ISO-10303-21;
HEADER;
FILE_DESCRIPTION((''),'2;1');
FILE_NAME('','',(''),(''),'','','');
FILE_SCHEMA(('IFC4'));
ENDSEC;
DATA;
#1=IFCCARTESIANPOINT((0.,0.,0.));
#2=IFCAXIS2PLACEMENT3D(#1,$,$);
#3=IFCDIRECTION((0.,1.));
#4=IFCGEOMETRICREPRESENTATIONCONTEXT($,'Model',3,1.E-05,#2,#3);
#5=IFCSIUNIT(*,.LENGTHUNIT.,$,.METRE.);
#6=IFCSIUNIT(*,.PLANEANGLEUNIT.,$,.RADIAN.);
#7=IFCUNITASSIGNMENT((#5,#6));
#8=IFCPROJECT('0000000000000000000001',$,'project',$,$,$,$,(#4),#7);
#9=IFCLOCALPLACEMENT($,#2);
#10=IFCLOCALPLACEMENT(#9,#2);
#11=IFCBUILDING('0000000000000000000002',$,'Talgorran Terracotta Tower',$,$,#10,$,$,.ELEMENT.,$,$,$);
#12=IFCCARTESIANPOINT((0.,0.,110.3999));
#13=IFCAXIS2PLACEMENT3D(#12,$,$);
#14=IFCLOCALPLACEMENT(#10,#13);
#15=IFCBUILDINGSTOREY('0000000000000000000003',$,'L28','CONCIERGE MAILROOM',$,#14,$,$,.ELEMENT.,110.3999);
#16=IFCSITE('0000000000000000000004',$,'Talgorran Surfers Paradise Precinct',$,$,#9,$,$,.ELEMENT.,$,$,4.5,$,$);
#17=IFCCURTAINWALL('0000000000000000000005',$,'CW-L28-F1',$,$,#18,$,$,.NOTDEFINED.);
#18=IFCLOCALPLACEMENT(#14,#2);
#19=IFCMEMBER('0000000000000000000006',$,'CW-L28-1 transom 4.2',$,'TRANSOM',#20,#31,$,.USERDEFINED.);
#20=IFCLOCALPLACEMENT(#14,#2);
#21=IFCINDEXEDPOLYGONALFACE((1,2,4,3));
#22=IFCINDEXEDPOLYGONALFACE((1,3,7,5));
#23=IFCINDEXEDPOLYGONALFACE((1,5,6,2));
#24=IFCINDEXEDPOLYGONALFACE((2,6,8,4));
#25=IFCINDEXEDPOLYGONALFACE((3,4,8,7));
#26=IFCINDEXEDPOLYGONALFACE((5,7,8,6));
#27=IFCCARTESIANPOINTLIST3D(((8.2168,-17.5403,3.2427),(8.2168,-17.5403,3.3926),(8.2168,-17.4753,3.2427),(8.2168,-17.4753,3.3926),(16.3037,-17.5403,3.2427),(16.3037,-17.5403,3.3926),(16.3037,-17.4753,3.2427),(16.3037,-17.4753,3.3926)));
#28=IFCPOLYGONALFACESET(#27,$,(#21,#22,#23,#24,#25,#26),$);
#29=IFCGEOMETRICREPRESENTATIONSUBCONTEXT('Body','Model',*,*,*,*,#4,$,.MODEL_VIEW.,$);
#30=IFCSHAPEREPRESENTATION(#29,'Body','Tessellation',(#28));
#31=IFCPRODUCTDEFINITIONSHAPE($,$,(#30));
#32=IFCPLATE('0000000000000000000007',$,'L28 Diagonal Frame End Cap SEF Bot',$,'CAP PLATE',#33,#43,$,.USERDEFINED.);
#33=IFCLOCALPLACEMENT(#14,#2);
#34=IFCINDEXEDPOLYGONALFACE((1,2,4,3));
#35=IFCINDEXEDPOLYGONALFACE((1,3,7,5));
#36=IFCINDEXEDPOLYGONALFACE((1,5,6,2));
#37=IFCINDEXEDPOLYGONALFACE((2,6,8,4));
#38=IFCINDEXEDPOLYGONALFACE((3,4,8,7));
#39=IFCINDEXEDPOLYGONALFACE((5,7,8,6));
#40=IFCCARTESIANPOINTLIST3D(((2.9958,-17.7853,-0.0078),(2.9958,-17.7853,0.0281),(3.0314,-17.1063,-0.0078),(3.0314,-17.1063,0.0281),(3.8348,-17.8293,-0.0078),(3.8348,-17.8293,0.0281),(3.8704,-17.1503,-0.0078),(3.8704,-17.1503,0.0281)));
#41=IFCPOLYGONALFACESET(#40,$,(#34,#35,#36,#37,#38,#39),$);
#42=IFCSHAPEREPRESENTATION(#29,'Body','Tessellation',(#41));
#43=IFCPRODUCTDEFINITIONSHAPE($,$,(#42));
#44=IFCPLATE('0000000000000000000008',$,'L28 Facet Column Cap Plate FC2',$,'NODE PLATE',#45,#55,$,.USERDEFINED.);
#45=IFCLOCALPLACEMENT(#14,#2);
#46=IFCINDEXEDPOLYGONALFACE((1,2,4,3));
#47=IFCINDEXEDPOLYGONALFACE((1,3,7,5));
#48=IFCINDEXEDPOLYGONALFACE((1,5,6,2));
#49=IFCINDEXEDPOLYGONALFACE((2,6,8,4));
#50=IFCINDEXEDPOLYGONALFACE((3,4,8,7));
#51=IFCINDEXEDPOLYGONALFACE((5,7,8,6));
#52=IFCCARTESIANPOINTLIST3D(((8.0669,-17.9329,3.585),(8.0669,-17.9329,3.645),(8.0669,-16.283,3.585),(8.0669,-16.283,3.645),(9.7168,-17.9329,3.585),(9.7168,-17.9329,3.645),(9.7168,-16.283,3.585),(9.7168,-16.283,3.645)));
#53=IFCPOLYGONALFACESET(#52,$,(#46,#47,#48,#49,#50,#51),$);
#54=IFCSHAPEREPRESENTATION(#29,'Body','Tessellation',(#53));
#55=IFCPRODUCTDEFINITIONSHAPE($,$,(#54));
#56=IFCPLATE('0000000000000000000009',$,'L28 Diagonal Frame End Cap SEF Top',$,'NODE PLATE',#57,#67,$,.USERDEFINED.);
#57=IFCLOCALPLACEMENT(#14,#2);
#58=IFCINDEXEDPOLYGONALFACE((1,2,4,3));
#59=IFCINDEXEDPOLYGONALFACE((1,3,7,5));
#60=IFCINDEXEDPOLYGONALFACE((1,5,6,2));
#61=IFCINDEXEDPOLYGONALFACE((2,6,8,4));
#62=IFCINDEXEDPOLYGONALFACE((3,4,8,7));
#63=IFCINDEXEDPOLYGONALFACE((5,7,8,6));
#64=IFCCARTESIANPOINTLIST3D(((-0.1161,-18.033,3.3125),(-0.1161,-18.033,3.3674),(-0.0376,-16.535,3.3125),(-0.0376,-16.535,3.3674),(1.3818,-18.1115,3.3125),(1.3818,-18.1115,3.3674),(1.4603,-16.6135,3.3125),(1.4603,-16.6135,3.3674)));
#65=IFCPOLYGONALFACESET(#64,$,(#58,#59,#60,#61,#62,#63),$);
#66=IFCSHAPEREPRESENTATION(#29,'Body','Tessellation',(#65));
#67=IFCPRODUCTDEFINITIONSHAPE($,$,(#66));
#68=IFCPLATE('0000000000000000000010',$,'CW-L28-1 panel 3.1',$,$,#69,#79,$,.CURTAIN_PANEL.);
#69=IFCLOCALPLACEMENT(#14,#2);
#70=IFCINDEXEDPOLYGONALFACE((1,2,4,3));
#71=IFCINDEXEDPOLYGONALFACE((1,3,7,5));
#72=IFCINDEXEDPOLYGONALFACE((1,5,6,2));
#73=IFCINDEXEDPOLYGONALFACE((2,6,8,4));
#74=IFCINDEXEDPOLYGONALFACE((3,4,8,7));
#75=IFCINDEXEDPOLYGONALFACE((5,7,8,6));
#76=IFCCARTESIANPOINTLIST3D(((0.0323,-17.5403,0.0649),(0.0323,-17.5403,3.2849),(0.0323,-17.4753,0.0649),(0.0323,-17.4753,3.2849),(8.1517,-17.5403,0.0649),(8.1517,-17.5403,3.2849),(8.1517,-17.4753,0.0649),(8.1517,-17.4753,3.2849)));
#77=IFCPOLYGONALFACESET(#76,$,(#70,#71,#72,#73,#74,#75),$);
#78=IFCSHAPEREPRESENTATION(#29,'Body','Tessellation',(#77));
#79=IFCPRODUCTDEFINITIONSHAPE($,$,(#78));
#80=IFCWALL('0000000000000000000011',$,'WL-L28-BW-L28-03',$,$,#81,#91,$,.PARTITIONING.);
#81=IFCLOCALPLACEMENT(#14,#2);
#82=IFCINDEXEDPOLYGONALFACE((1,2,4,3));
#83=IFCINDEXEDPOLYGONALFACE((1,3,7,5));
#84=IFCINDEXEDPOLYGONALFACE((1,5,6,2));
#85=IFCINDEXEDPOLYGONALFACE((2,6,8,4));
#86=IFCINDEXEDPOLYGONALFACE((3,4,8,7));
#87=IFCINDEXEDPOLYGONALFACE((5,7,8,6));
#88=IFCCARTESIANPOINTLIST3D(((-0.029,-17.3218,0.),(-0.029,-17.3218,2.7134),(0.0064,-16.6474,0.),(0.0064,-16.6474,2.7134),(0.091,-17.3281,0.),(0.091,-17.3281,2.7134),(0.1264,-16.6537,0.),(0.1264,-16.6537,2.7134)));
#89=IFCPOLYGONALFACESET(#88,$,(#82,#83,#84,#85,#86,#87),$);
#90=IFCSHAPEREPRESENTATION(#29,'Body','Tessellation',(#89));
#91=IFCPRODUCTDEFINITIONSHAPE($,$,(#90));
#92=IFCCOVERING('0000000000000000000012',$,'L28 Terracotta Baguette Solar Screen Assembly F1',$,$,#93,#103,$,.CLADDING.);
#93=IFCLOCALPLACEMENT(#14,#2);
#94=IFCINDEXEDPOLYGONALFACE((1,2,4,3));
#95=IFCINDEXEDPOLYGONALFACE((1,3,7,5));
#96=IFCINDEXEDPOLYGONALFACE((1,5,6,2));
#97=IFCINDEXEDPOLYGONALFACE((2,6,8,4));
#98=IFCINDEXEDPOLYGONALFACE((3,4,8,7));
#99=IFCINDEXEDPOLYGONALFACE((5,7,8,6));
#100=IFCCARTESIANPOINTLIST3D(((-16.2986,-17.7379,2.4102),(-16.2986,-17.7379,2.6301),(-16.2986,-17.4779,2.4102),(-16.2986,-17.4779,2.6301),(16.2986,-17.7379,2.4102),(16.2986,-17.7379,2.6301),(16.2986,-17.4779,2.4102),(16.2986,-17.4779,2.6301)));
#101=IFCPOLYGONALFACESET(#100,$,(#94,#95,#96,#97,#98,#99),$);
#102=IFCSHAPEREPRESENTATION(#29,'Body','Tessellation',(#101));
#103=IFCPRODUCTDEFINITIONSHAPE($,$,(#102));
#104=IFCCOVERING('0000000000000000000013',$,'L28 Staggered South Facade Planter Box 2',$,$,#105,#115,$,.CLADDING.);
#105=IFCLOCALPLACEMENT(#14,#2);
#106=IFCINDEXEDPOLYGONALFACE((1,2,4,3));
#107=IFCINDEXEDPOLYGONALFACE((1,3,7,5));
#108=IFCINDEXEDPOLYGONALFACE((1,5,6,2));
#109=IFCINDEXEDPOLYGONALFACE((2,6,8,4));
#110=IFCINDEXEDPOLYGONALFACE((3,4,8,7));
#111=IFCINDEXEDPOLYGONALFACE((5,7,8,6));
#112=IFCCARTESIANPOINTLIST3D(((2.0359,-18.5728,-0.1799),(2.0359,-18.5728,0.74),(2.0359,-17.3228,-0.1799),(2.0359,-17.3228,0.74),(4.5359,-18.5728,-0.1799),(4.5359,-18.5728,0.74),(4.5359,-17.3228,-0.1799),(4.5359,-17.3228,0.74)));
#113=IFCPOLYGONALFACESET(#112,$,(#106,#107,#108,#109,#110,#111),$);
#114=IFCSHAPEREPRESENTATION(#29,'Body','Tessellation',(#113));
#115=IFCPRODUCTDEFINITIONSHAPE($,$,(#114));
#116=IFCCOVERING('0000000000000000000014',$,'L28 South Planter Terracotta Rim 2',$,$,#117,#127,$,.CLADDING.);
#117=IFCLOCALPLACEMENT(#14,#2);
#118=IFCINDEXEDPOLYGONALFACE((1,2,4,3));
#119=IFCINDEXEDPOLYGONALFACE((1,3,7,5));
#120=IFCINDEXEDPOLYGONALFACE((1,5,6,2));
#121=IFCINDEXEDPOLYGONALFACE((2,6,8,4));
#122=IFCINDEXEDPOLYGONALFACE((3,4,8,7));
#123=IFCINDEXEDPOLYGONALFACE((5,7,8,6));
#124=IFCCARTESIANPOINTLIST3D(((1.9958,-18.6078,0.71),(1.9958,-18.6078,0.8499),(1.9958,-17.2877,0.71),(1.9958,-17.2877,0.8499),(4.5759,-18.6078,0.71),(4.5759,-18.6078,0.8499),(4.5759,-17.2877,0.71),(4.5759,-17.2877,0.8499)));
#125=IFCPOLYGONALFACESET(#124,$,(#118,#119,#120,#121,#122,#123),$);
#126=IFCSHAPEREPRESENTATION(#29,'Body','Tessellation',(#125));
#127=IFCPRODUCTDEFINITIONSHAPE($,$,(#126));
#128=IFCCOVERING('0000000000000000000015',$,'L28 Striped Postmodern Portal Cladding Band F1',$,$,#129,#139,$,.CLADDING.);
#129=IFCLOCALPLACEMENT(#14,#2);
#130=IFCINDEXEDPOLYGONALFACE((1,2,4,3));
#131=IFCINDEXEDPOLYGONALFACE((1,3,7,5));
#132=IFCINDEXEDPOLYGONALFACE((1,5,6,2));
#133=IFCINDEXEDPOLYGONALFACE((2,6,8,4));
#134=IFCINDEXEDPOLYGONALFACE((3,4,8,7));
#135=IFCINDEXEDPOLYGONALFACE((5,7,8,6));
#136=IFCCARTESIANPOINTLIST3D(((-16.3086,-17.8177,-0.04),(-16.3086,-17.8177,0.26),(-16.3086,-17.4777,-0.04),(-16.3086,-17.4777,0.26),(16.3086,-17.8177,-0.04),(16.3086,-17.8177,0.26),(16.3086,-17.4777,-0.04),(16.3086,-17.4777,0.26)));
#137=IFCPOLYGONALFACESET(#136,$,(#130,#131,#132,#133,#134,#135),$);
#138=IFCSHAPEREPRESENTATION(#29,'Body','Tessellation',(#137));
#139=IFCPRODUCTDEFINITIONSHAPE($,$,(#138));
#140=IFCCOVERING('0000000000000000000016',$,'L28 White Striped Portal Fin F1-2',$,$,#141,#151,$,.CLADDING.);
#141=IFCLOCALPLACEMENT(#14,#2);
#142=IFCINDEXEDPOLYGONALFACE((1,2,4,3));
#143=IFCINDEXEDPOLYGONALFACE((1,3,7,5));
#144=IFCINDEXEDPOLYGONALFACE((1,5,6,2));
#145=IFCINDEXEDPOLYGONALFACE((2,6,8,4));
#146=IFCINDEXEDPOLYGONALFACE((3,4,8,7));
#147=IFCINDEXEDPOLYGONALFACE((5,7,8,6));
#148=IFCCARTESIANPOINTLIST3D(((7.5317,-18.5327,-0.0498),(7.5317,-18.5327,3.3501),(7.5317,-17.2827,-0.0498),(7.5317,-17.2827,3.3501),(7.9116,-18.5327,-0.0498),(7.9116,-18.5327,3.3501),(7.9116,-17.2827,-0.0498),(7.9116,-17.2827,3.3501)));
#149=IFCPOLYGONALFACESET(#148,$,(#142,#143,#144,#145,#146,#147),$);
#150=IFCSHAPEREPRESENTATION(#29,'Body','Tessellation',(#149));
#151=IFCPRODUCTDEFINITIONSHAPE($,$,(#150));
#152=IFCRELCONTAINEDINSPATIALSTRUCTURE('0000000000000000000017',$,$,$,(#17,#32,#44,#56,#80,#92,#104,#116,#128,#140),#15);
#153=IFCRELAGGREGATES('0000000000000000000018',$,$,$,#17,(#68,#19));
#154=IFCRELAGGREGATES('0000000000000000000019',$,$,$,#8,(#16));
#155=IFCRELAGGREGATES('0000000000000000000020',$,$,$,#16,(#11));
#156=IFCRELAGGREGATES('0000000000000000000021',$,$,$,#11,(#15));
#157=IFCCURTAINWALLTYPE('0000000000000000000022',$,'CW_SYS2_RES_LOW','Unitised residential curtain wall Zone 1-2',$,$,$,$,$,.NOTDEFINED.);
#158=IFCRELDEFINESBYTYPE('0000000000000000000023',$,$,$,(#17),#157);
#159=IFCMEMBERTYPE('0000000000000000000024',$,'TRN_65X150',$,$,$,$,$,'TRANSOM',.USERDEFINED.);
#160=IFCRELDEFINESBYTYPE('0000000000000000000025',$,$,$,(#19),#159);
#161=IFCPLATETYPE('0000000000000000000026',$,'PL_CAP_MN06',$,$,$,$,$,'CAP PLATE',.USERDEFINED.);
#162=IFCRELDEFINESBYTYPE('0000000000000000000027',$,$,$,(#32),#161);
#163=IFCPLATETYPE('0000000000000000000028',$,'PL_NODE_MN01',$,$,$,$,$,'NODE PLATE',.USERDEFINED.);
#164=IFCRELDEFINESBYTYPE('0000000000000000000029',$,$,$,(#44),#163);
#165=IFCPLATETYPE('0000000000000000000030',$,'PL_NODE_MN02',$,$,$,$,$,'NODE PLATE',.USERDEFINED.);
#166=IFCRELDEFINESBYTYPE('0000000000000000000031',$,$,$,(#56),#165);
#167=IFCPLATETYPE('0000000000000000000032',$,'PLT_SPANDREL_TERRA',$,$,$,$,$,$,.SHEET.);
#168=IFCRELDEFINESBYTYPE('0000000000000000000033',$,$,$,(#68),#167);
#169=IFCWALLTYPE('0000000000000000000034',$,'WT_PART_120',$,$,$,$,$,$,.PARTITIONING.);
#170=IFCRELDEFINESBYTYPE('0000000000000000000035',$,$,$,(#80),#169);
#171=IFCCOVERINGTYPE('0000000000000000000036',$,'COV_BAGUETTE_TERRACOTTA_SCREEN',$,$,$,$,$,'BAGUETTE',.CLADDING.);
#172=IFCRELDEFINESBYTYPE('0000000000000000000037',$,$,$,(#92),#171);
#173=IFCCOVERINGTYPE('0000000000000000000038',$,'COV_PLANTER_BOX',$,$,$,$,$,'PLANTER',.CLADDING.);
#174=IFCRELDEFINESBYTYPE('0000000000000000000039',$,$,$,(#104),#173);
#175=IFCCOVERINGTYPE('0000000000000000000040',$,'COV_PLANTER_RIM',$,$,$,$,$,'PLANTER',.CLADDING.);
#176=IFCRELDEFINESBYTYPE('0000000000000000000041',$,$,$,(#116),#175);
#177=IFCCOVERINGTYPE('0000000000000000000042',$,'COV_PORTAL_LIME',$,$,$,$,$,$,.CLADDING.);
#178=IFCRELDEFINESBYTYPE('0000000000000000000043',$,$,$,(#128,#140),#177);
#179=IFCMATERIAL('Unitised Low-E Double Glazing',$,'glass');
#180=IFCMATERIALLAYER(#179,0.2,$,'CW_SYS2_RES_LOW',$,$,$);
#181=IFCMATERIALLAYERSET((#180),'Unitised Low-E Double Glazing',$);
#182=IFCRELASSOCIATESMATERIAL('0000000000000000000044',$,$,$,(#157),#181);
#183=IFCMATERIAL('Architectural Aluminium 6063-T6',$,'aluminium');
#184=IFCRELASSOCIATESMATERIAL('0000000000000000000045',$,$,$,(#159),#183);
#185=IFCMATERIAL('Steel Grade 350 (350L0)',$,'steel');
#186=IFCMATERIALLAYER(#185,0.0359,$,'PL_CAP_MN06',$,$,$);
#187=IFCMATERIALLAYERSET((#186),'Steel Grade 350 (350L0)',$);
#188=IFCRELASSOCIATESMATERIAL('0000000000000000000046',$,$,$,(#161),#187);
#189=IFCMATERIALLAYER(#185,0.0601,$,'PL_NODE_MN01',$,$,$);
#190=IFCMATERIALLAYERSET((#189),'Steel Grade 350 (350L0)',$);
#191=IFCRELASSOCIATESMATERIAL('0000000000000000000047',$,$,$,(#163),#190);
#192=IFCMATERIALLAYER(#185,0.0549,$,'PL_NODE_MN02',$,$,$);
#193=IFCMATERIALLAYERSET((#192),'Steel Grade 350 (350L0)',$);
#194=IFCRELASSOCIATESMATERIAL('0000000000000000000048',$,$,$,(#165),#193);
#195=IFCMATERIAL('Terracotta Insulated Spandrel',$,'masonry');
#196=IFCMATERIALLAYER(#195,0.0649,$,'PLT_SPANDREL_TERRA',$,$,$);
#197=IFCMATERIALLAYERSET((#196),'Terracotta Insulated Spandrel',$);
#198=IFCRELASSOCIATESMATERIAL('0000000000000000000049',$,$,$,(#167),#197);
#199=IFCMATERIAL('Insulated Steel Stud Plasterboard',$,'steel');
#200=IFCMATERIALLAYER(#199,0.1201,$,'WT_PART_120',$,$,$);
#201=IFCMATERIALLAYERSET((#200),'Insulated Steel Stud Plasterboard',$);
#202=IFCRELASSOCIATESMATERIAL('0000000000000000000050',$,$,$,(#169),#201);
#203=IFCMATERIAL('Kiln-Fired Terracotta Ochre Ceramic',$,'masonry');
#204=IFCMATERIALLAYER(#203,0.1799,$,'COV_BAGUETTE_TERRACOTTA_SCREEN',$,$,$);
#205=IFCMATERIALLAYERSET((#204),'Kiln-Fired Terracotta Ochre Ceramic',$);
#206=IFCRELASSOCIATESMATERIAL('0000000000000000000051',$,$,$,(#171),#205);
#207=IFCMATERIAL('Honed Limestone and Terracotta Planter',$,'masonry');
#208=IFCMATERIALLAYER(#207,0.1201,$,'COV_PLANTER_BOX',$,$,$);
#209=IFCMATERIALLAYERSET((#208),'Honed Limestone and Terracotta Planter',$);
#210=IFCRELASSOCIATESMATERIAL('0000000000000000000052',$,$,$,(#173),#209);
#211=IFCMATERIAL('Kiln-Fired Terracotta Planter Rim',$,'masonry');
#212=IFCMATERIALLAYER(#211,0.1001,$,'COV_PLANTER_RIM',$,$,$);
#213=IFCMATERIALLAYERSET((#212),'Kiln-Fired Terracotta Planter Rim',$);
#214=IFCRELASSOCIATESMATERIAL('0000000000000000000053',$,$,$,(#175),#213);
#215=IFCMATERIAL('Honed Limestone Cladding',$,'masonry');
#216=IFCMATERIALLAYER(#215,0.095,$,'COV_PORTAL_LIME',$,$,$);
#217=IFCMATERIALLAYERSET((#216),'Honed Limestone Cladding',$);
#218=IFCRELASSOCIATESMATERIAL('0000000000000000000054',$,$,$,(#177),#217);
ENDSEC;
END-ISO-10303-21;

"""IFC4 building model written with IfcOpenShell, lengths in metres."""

from ifc_helpers import new_model, si_unit, direction, frame, frame_2d, origin, origin_2d, place, context, subcontext, project, spatial, rectangle, extrude, source, transform, mapped, material, layer, layer_set, material_profile, profile_set, type_object, type_shapes, element, aggregate, save


model = new_model("IFC4")

# Units and contexts
model_context = context("Model", 3, precision=1e-05, world=origin(), true_north=direction((0.0, 1.0)))
body_context = subcontext(model_context, "Body", "Model", "MODEL_VIEW")
ifc_project = project(units=[si_unit("LENGTHUNIT", "METRE"), si_unit("PLANEANGLEUNIT", "RADIAN")], contexts=[model_context])

# Site, building, storey
site_placement = place(None, origin())
site = spatial("IfcSite", under=ifc_project, at=site_placement, Name="Talgorran Surfers Paradise Precinct", CompositionType="ELEMENT", RefElevation=4.5)
building_placement = place(site_placement, origin())
building = spatial("IfcBuilding", under=site, at=building_placement, Name="Talgorran Terracotta Tower", CompositionType="ELEMENT")
storey_placement = place(building_placement, frame((0.0, 0.0, 110.3999)))
storey = spatial("IfcBuildingStorey", under=building, at=storey_placement, Name="L28", Description="CONCIERGE MAILROOM", CompositionType="ELEMENT", Elevation=110.3999)

# Shared definitions
ifc_material_1 = material(Name="Steel Grade 350 (350L0)", Category="steel")

# Curtain wall, member
ifc_material_2 = material(Name="Unitised Low-E Double Glazing", Category="glass")
ifc_layer_1 = layer(ifc_material_2, 0.2, Name="CW_SYS2_RES_LOW")
ifc_layer_set_1 = layer_set([ifc_layer_1], Name="Unitised Low-E Double Glazing")
curtain_wall_type = type_object("IfcCurtainWallType", Name="CW_SYS2_RES_LOW", Description="Unitised residential curtain wall Zone 1-2", PredefinedType="NOTDEFINED", material=ifc_layer_set_1)
curtain_wall_placement = place(storey_placement, origin())
curtain_wall = element("IfcCurtainWall", 1, at=curtain_wall_placement, inside=storey, type_object=curtain_wall_type, Name="CW-L28-F1", PredefinedType="NOTDEFINED")
ifc_material_3 = material(Name="Architectural Aluminium 6063-T6", Category="aluminium")
ifc_material_profile_1 = material_profile(ifc_material_3, rectangle(XDim=0.0649, YDim=0.1499, at=origin_2d()), Name="CWT65X150")
ifc_profile_set_1 = profile_set([ifc_material_profile_1], Name="Architectural Aluminium 6063-T6")
member_type_1 = type_object("IfcMemberType", Name="TRN_65X150", ElementType="TRANSOM", PredefinedType="USERDEFINED", material=ifc_profile_set_1)
member_1_placement = place(storey_placement, frame((8.2168, -17.5078, 3.3176), z_axis=(1.0, 0.0, 0.0), x_axis=(0.0, 1.0, 0.0)))
member_1 = element("IfcMember", 2, at=member_1_placement, type_object=member_type_1, Name="CW-L28-1 transom 4.2", ObjectType="TRANSOM", PredefinedType="USERDEFINED", context=body_context, shape_type="SweptSolid", body=[
    extrude(rectangle(XDim=0.0649, YDim=0.1499, at=origin_2d()), origin(), (0.0, 0.0, 1.0), 8.0869),
])

# Plates
ifc_layer_2 = layer(ifc_material_1, 0.0359, Name="PL_CAP_MN06")
ifc_layer_set_2 = layer_set([ifc_layer_2], Name="Steel Grade 350 (350L0)")
plate_type_1 = type_object("IfcPlateType", Name="PL_CAP_MN06", ElementType="CAP PLATE", PredefinedType="USERDEFINED", material=ifc_layer_set_2)
plate_1_placement = place(storey_placement, frame((3.4331, -17.4678, -0.0078), z_axis=(0.0, 0.0, 1.0), x_axis=(-0.99863, 0.052336, 0.0)))
element("IfcPlate", 3, at=plate_1_placement, inside=storey, type_object=plate_type_1, Name="L28 Diagonal Frame End Cap SEF Bot", ObjectType="CAP PLATE", PredefinedType="USERDEFINED", context=body_context, shape_type="SweptSolid", body=[
    extrude(rectangle(XDim=0.8401, YDim=0.6799, at=origin_2d()), origin(), (0.0, 0.0, 1.0), 0.0359),
])
ifc_layer_3 = layer(ifc_material_1, 0.0601, Name="PL_NODE_MN01")
ifc_layer_set_3 = layer_set([ifc_layer_3], Name="Steel Grade 350 (350L0)")
plate_type_2 = type_object("IfcPlateType", Name="PL_NODE_MN01", ElementType="NODE PLATE", PredefinedType="USERDEFINED", material=ifc_layer_set_3)
plate_2_placement = place(storey_placement, frame((8.8918, -17.1079, 3.585), z_axis=(0.0, 0.0, 1.0), x_axis=(1.0, 0.0, 0.0)))
element("IfcPlate", 4, at=plate_2_placement, inside=storey, type_object=plate_type_2, Name="L28 Facet Column Cap Plate FC2", ObjectType="NODE PLATE", PredefinedType="USERDEFINED", context=body_context, shape_type="SweptSolid", body=[
    extrude(rectangle(XDim=1.6499, YDim=1.6499, at=origin_2d()), origin(), (0.0, 0.0, 1.0), 0.0601),
])
ifc_layer_4 = layer(ifc_material_1, 0.0549, Name="PL_NODE_MN02")
ifc_layer_set_4 = layer_set([ifc_layer_4], Name="Steel Grade 350 (350L0)")
plate_type_3 = type_object("IfcPlateType", Name="PL_NODE_MN02", ElementType="NODE PLATE", PredefinedType="USERDEFINED", material=ifc_layer_set_4)
plate_3_placement = place(storey_placement, frame((0.6721, -17.3232, 3.3125), z_axis=(0.0, 0.0, 1.0), x_axis=(-0.99863, 0.052336, 0.0)))
element("IfcPlate", 5, at=plate_3_placement, inside=storey, type_object=plate_type_3, Name="L28 Diagonal Frame End Cap SEF Top", ObjectType="NODE PLATE", PredefinedType="USERDEFINED", context=body_context, shape_type="SweptSolid", body=[
    extrude(rectangle(XDim=1.5, YDim=1.5, at=origin_2d()), origin(), (0.0, 0.0, 1.0), 0.0549),
])

# Plate
ifc_material_4 = material(Name="Terracotta Insulated Spandrel", Category="masonry")
ifc_layer_5 = layer(ifc_material_4, 0.0649, Name="PLT_SPANDREL_TERRA")
ifc_layer_set_5 = layer_set([ifc_layer_5], Name="Terracotta Insulated Spandrel")
plate_type_4 = type_object("IfcPlateType", Name="PLT_SPANDREL_TERRA", PredefinedType="SHEET", material=ifc_layer_set_5)
shared_shape = source(origin(), body_context, "Body", "SweptSolid", [
    extrude(rectangle(XDim=8.1194, YDim=0.0649, at=origin_2d()), origin(), (0.0, 0.0, 1.0), 3.22),
])
type_shapes(plate_type_4, [shared_shape])
plate_4_placement = place(storey_placement, frame((4.092, -17.5078, 0.0649), z_axis=(0.0, 0.0, 1.0), x_axis=(1.0, 0.0, 0.0)))
plate_4 = element("IfcPlate", 6, at=plate_4_placement, type_object=plate_type_4, Name="CW-L28-1 panel 3.1", PredefinedType="CURTAIN_PANEL", context=body_context, shape_type="MappedRepresentation", body=[
    mapped(shared_shape, transform((0.0, 0.0, 0.0), scale=1.0)),
])
aggregate(curtain_wall, [plate_4, member_1])

# Wall
ifc_material_5 = material(Name="Insulated Steel Stud Plasterboard", Category="steel")
ifc_layer_6 = layer(ifc_material_5, 0.1201, Name="WT_PART_120")
ifc_layer_set_6 = layer_set([ifc_layer_6], Name="Insulated Steel Stud Plasterboard")
wall_type = type_object("IfcWallType", Name="WT_PART_120", PredefinedType="PARTITIONING", material=ifc_layer_set_6)
wall_placement = place(storey_placement, frame((0.031, -17.325, 0.0), z_axis=(0.0, 0.0, 1.0), x_axis=(0.052426, 0.998625, 0.0)))
element("IfcWall", 7, at=wall_placement, inside=storey, type_object=wall_type, Name="WL-L28-BW-L28-03", PredefinedType="PARTITIONING", context=body_context, shape_type="SweptSolid", body=[
    extrude(rectangle(XDim=0.6753, YDim=0.1201, at=frame_2d((0.3376, 0.0))), origin(), (0.0, 0.0, 1.0), 2.7134),
])

# Coverings
ifc_material_6 = material(Name="Kiln-Fired Terracotta Ochre Ceramic", Category="masonry")
ifc_layer_7 = layer(ifc_material_6, 0.1799, Name="COV_BAGUETTE_TERRACOTTA_SCREEN")
ifc_layer_set_7 = layer_set([ifc_layer_7], Name="Kiln-Fired Terracotta Ochre Ceramic")
covering_type_1 = type_object("IfcCoveringType", Name="COV_BAGUETTE_TERRACOTTA_SCREEN", ElementType="BAGUETTE", PredefinedType="CLADDING", material=ifc_layer_set_7)
covering_1_placement = place(storey_placement, frame((0.0, -17.6079, 2.4102), z_axis=(0.0, 0.0, 1.0), x_axis=(1.0, 0.0, 0.0)))
element("IfcCovering", 8, at=covering_1_placement, inside=storey, type_object=covering_type_1, Name="L28 Terracotta Baguette Solar Screen Assembly F1", PredefinedType="CLADDING", context=body_context, shape_type="SweptSolid", body=[
    extrude(rectangle(XDim=32.5972, YDim=0.26, at=origin_2d()), origin(), (0.0, 0.0, 1.0), 0.22),
])
ifc_material_7 = material(Name="Honed Limestone and Terracotta Planter", Category="masonry")
ifc_layer_8 = layer(ifc_material_7, 0.1201, Name="COV_PLANTER_BOX")
ifc_layer_set_8 = layer_set([ifc_layer_8], Name="Honed Limestone and Terracotta Planter")
covering_type_2 = type_object("IfcCoveringType", Name="COV_PLANTER_BOX", ElementType="PLANTER", PredefinedType="CLADDING", material=ifc_layer_set_8)
covering_2_placement = place(storey_placement, frame((3.2859, -17.9478, -0.1799), z_axis=(0.0, 0.0, 1.0), x_axis=(1.0, 0.0, 0.0)))
element("IfcCovering", 9, at=covering_2_placement, inside=storey, type_object=covering_type_2, Name="L28 Staggered South Facade Planter Box 2", PredefinedType="CLADDING", context=body_context, shape_type="SweptSolid", body=[
    extrude(rectangle(XDim=2.5, YDim=1.25, at=origin_2d()), origin(), (0.0, 0.0, 1.0), 0.9199),
])
ifc_material_8 = material(Name="Kiln-Fired Terracotta Planter Rim", Category="masonry")
ifc_layer_9 = layer(ifc_material_8, 0.1001, Name="COV_PLANTER_RIM")
ifc_layer_set_9 = layer_set([ifc_layer_9], Name="Kiln-Fired Terracotta Planter Rim")
covering_type_3 = type_object("IfcCoveringType", Name="COV_PLANTER_RIM", ElementType="PLANTER", PredefinedType="CLADDING", material=ifc_layer_set_9)
covering_3_placement = place(storey_placement, frame((3.2859, -17.9478, 0.71), z_axis=(0.0, 0.0, 1.0), x_axis=(1.0, 0.0, 0.0)))
element("IfcCovering", 10, at=covering_3_placement, inside=storey, type_object=covering_type_3, Name="L28 South Planter Terracotta Rim 2", PredefinedType="CLADDING", context=body_context, shape_type="SweptSolid", body=[
    extrude(rectangle(XDim=2.5801, YDim=1.3201, at=origin_2d()), origin(), (0.0, 0.0, 1.0), 0.1399),
])
ifc_material_9 = material(Name="Honed Limestone Cladding", Category="masonry")
ifc_layer_10 = layer(ifc_material_9, 0.095, Name="COV_PORTAL_LIME")
ifc_layer_set_10 = layer_set([ifc_layer_10], Name="Honed Limestone Cladding")
covering_type_4 = type_object("IfcCoveringType", Name="COV_PORTAL_LIME", PredefinedType="CLADDING", material=ifc_layer_set_10)
covering_4_placement = place(storey_placement, frame((0.0, -17.6477, -0.04), z_axis=(0.0, 0.0, 1.0), x_axis=(1.0, 0.0, 0.0)))
element("IfcCovering", 11, at=covering_4_placement, inside=storey, type_object=covering_type_4, Name="L28 Striped Postmodern Portal Cladding Band F1", PredefinedType="CLADDING", context=body_context, shape_type="SweptSolid", body=[
    extrude(rectangle(XDim=32.6172, YDim=0.3401, at=origin_2d()), origin(), (0.0, 0.0, 1.0), 0.3),
])
covering_5_placement = place(storey_placement, frame((7.7217, -17.9077, -0.0498), z_axis=(0.0, 0.0, 1.0), x_axis=(1.0, 0.0, 0.0)))
element("IfcCovering", 12, at=covering_5_placement, inside=storey, type_object=covering_type_4, Name="L28 White Striped Portal Fin F1-2", PredefinedType="CLADDING", context=body_context, shape_type="SweptSolid", body=[
    extrude(rectangle(XDim=0.3799, YDim=1.25, at=origin_2d()), origin(), (0.0, 0.0, 1.0), 3.3999),
])

save(model, "model.ifc")
